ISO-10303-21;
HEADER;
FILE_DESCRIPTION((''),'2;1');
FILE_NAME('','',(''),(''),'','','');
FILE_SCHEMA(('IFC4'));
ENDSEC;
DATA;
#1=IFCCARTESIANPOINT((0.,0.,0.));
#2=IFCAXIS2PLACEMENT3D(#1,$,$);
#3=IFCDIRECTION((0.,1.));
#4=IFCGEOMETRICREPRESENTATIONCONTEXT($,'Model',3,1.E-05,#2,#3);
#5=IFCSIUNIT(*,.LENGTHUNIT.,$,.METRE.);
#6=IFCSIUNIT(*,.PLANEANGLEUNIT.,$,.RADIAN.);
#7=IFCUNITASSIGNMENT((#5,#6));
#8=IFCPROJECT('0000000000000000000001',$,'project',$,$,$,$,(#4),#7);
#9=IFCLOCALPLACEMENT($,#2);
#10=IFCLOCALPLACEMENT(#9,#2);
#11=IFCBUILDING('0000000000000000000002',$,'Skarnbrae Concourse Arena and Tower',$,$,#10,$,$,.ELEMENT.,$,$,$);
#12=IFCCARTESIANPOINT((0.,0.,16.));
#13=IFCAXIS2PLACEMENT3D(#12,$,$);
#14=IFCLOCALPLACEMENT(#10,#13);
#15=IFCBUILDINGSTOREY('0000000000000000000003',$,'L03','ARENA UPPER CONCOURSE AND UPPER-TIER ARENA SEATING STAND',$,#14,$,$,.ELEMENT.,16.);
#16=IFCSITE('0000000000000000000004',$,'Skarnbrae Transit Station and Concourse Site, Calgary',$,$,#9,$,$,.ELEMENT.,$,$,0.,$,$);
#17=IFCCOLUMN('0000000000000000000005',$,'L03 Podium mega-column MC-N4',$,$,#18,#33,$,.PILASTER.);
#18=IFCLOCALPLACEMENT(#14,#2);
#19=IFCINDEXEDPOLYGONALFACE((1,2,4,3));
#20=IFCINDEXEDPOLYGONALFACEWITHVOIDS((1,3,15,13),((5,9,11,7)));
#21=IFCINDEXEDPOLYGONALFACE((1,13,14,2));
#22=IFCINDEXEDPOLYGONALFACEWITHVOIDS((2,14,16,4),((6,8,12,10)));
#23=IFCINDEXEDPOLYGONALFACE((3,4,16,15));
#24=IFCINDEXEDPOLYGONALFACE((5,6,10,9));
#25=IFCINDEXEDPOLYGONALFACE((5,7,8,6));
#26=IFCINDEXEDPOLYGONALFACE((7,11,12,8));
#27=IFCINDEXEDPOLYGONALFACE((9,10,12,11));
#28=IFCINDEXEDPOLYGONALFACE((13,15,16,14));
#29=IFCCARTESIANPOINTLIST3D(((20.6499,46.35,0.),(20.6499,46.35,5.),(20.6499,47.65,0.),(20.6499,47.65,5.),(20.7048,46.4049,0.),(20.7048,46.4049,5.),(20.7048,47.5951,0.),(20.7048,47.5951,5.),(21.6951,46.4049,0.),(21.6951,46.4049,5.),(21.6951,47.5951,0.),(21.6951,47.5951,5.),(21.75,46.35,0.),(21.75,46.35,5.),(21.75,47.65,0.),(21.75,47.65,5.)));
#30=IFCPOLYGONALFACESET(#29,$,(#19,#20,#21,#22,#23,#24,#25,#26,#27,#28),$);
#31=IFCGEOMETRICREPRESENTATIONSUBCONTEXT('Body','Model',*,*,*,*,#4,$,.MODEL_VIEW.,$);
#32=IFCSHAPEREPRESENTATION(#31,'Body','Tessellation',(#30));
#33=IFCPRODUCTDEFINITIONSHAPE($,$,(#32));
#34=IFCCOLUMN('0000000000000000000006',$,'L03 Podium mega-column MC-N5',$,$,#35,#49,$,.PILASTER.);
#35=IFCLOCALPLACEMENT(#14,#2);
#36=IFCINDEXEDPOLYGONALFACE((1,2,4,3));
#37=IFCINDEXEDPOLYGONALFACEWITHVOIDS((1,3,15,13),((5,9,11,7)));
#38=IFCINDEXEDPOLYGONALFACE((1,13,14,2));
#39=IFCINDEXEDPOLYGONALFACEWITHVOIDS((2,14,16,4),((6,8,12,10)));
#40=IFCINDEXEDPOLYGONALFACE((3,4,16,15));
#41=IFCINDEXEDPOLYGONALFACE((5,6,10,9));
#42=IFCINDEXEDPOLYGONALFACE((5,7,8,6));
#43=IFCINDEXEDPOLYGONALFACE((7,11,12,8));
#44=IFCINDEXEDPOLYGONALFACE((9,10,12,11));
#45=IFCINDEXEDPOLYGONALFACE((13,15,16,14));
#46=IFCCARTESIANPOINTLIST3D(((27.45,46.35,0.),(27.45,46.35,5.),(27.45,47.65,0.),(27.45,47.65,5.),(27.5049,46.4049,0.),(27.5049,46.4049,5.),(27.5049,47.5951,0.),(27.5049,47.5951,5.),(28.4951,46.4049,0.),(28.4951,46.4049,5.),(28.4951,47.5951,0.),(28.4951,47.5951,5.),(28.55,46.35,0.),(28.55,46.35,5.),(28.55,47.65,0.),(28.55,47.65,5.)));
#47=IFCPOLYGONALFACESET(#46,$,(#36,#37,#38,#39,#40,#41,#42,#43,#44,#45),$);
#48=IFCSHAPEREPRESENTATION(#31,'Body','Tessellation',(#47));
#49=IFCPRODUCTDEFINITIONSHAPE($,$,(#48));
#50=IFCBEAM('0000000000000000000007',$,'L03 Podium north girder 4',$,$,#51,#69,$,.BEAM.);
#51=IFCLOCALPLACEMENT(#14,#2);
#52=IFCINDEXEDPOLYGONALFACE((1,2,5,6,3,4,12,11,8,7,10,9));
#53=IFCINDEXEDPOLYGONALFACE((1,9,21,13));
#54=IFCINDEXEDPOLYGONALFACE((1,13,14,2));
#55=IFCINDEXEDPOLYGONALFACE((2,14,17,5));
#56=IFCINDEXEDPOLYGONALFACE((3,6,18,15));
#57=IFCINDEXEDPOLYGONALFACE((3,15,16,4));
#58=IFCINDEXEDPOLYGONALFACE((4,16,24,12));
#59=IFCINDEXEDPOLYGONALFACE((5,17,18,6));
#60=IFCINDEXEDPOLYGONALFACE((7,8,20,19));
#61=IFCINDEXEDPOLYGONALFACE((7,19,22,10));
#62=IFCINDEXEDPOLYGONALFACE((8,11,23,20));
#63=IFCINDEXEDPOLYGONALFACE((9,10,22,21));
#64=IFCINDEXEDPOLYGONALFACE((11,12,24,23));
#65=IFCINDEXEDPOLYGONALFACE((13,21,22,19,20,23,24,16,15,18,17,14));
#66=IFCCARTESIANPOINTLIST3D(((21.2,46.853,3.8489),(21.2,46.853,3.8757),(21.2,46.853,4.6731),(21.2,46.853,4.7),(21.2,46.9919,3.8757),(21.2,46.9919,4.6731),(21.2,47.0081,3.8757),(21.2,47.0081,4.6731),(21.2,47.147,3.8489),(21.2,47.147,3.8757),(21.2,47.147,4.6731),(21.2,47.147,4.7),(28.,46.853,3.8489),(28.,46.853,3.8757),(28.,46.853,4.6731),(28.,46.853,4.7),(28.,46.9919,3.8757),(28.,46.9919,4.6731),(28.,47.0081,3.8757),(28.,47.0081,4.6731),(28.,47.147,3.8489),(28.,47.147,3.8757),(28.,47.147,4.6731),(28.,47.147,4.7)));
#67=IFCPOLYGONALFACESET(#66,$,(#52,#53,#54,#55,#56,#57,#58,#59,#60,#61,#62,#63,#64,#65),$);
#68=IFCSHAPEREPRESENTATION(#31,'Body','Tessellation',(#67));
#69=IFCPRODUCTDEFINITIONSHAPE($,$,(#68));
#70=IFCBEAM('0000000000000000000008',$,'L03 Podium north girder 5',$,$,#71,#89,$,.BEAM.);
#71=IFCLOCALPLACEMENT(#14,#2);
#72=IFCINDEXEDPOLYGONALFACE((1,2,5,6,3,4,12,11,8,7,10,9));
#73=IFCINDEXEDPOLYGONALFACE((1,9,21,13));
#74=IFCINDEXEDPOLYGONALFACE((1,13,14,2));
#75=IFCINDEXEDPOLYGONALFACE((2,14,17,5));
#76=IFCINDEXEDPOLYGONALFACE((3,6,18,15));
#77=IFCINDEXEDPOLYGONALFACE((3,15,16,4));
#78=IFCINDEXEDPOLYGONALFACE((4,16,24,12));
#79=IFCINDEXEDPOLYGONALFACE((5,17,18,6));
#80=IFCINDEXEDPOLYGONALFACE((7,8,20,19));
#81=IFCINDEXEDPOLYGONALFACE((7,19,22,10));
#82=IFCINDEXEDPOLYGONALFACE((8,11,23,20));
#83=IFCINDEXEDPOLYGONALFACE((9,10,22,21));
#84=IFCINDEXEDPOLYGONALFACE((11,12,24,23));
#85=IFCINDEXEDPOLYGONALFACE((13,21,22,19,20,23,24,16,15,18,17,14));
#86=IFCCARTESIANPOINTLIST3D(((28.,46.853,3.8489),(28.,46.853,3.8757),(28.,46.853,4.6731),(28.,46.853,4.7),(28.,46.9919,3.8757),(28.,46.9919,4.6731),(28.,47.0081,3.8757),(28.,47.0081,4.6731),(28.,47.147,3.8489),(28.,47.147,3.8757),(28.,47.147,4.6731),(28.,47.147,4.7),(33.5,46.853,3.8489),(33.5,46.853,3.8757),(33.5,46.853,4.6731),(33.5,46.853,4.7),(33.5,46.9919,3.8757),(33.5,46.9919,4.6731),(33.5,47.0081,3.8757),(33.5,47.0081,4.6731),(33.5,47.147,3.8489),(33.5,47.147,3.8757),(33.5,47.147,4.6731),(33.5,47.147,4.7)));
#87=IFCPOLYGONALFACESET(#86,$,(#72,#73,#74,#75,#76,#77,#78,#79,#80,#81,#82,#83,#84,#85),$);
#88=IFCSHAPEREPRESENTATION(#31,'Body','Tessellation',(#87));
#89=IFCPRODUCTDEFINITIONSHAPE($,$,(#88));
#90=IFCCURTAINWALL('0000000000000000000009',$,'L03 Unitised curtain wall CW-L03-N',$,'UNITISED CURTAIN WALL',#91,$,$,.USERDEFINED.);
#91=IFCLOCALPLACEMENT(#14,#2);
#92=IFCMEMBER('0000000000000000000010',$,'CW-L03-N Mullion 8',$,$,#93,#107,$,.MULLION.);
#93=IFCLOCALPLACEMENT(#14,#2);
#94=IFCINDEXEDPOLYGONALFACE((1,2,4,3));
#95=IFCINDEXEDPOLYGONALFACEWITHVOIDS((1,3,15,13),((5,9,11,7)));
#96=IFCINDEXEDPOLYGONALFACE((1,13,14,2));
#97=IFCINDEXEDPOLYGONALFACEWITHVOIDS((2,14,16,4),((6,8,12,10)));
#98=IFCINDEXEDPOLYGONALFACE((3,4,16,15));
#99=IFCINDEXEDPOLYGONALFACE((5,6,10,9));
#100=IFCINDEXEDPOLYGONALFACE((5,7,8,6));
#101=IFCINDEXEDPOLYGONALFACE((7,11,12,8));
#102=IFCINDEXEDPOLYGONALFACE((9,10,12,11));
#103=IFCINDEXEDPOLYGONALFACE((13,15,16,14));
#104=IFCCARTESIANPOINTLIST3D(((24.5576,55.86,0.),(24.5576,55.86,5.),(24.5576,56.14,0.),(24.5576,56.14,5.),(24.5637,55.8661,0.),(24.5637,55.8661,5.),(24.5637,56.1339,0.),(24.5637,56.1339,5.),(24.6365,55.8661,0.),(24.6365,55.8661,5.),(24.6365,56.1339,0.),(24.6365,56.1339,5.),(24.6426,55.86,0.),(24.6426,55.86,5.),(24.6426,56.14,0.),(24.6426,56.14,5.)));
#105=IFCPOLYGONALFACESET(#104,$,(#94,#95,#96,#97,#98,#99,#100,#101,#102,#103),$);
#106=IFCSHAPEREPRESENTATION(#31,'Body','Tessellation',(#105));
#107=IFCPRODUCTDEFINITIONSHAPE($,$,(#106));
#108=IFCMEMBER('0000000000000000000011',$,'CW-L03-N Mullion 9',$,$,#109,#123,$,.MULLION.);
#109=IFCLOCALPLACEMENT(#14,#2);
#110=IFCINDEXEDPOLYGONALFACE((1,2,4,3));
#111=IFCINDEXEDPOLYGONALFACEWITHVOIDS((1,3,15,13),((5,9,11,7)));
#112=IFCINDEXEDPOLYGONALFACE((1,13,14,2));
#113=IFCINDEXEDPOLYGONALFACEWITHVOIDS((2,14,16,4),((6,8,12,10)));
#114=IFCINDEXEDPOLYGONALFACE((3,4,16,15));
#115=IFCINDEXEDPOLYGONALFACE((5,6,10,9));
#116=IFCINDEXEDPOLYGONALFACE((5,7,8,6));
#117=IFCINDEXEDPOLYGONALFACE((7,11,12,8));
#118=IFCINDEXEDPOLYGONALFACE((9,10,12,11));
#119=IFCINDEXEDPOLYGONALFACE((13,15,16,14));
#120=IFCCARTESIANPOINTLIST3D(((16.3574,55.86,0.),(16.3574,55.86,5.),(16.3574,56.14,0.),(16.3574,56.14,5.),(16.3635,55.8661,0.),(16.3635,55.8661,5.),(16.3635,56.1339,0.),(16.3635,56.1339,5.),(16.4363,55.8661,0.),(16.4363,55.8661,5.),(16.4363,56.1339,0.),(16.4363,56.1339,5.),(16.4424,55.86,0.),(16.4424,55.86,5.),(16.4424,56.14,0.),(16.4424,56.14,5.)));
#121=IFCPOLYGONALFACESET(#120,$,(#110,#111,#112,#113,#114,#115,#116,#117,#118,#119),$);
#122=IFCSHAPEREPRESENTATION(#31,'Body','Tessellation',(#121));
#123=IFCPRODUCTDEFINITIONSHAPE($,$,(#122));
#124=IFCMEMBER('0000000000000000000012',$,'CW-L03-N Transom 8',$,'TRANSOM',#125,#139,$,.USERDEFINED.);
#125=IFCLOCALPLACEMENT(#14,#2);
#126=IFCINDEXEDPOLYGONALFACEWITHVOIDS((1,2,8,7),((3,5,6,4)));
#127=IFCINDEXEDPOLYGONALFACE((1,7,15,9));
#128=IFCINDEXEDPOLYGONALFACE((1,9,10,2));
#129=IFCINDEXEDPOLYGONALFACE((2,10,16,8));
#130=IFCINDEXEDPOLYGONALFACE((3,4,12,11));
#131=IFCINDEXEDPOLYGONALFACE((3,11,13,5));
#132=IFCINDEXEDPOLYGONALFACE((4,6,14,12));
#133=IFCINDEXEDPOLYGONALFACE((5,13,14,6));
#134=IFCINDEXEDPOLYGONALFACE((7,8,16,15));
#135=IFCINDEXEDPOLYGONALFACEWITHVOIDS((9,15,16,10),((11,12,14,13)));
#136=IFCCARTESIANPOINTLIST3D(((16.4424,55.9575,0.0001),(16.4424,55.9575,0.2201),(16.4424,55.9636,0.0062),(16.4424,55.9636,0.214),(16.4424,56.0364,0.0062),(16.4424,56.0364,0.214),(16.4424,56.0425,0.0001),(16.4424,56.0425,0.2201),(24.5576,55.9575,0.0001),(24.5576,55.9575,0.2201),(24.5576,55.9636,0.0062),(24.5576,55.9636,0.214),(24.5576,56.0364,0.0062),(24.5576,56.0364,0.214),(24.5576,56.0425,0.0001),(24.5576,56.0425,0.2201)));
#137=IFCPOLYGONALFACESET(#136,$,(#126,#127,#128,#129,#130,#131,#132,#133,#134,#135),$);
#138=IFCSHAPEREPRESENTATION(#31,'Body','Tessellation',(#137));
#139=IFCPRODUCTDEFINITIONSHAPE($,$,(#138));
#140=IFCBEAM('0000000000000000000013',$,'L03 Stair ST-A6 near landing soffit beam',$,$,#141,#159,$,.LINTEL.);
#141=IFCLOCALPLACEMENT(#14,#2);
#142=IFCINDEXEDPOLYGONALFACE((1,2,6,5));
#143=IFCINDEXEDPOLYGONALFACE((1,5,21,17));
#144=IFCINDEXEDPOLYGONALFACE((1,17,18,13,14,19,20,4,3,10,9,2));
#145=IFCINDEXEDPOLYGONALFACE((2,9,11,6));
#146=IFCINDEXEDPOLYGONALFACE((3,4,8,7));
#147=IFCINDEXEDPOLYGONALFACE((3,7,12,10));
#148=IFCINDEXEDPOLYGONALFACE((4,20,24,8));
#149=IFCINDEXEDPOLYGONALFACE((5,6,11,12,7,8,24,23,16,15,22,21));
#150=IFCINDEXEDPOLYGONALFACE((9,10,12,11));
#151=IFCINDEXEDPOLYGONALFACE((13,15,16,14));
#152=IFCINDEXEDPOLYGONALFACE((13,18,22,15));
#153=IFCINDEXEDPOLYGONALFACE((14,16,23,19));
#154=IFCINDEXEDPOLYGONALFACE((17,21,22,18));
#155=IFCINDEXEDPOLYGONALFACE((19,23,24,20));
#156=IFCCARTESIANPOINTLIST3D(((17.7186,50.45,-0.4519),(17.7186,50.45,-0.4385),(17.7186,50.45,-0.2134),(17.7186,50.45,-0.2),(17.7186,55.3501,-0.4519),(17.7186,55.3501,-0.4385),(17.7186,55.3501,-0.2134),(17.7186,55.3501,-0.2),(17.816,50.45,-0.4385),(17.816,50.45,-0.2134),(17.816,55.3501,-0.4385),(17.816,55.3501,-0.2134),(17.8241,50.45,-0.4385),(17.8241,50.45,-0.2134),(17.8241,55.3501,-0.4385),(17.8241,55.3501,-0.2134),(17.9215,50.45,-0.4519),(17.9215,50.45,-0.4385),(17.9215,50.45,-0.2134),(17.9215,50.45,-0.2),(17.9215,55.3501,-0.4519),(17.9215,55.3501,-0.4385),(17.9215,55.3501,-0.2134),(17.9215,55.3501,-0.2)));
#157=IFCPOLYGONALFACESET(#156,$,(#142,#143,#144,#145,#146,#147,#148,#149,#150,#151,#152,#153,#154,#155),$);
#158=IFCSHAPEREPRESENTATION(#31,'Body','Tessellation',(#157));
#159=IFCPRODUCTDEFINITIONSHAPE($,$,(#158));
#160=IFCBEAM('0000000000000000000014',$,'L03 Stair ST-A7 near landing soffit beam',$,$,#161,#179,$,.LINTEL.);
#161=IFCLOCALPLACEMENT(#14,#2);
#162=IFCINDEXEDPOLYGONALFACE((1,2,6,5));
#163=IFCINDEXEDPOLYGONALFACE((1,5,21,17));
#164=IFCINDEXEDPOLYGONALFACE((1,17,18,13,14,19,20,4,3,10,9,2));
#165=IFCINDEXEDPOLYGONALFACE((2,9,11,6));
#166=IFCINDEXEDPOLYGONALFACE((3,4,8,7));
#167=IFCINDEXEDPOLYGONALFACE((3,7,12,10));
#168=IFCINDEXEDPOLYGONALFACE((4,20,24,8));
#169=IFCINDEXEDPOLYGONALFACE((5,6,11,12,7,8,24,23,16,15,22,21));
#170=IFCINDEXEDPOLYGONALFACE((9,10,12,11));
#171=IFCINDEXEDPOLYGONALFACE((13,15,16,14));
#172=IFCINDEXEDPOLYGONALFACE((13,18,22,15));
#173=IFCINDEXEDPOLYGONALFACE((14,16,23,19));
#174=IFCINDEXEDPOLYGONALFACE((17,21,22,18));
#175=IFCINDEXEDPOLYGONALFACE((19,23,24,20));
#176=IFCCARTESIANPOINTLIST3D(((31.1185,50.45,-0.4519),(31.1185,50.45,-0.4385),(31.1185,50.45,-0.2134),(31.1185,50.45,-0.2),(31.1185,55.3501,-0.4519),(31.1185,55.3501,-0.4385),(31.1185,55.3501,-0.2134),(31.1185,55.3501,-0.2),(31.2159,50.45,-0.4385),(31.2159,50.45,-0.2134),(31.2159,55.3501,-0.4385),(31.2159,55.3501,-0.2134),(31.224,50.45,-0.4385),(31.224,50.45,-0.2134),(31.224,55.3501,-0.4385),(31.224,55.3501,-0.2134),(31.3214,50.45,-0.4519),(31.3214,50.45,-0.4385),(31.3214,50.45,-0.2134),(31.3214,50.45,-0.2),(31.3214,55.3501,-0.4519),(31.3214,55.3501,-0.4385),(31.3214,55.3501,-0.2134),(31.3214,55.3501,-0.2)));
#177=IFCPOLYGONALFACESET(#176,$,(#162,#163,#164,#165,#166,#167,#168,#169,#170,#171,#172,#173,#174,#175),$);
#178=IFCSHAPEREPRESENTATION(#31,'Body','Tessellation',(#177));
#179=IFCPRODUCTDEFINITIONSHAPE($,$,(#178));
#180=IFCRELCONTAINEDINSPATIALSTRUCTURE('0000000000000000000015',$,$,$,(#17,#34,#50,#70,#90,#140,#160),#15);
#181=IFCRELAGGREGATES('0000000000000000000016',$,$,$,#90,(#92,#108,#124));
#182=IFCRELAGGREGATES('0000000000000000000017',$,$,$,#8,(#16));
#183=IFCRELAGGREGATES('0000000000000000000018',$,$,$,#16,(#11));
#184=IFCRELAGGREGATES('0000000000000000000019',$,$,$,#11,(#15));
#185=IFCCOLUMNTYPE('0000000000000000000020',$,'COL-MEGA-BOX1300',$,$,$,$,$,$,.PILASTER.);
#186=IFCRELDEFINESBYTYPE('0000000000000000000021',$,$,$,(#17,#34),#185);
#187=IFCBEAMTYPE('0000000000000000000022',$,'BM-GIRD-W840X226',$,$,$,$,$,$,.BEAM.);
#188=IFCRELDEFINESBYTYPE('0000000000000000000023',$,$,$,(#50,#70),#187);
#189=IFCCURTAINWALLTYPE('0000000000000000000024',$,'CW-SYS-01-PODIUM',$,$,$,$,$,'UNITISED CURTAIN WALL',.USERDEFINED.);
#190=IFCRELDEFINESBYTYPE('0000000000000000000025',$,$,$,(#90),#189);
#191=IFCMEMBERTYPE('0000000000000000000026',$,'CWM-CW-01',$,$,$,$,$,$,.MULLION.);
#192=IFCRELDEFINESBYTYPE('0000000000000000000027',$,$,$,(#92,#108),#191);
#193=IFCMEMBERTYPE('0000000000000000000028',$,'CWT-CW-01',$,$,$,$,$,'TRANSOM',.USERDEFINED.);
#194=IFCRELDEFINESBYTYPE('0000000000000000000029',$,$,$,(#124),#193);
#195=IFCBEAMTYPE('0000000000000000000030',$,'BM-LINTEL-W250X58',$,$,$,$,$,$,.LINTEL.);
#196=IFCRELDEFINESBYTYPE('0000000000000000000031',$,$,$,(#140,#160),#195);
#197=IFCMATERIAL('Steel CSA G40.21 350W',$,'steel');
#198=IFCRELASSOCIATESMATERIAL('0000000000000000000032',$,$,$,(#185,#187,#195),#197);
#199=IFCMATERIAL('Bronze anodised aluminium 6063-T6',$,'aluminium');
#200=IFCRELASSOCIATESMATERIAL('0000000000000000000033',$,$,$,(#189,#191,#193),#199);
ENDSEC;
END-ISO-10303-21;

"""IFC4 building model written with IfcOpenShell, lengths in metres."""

from ifc_helpers import new_model, si_unit, direction, frame, origin, origin_2d, place, context, subcontext, project, spatial, hollow_rectangle, i_section, extrude, source, transform, mapped, material, material_profile, profile_set, type_object, element, aggregate, save


model = new_model("IFC4")

# Units and contexts
model_context = context("Model", 3, precision=1e-05, world=origin(), true_north=direction((0.0, 1.0)))
body_context = subcontext(model_context, "Body", "Model", "MODEL_VIEW")
ifc_project = project(units=[si_unit("LENGTHUNIT", "METRE"), si_unit("PLANEANGLEUNIT", "RADIAN")], contexts=[model_context])

# Site, building, storey
site_placement = place(None, origin())
site = spatial("IfcSite", under=ifc_project, at=site_placement, Name="Skarnbrae Transit Station and Concourse Site, Calgary", CompositionType="ELEMENT", RefElevation=0.0)
building_placement = place(site_placement, origin())
building = spatial("IfcBuilding", under=site, at=building_placement, Name="Skarnbrae Concourse Arena and Tower", CompositionType="ELEMENT")
storey_placement = place(building_placement, frame((0.0, 0.0, 16.0)))
storey = spatial("IfcBuildingStorey", under=building, at=storey_placement, Name="L03", Description="ARENA UPPER CONCOURSE AND UPPER-TIER ARENA SEATING STAND", CompositionType="ELEMENT", Elevation=16.0)

# Columns
ifc_material_1 = material(Name="Steel CSA G40.21 350W", Category="steel")
ifc_material_profile_1 = material_profile(ifc_material_1, hollow_rectangle(XDim=1.1001, YDim=1.3, WallThickness=0.0549, at=origin_2d()), Name="BOX1300X1100X55")
ifc_profile_set_1 = profile_set([ifc_material_profile_1], Name="Steel CSA G40.21 350W")
column_type = type_object("IfcColumnType", Name="COL-MEGA-BOX1300", PredefinedType="PILASTER", material=ifc_profile_set_1)
shared_shape_1 = source(origin(), body_context, "Body", "SweptSolid", [
    extrude(hollow_rectangle(XDim=1.1001, YDim=1.3, WallThickness=0.0549, at=origin_2d()), origin(), (0.0, 0.0, 1.0), 5.0),
])
for number, where, z_axis, x_axis, name in (
    (1, (21.2, 47.0, 0.0), (0.0, 0.0, 1.0), (1.0, 0.0, 0.0), "L03 Podium mega-column MC-N4"),
    (2, (28.0, 47.0, 0.0), (0.0, 0.0, 1.0), (1.0, 0.0, 0.0), "L03 Podium mega-column MC-N5"),
):
    element("IfcColumn", number, at=place(storey_placement, frame(where, z_axis=z_axis, x_axis=x_axis)), inside=storey, type_object=column_type, Name=name, PredefinedType="PILASTER", context=body_context, shape_type="MappedRepresentation", body=[
        mapped(shared_shape_1, transform((0.0, 0.0, 0.0))),
    ])

# Beams
ifc_material_profile_2 = material_profile(ifc_material_1, i_section(OverallWidth=0.2939, OverallDepth=0.8511, WebThickness=0.0161, FlangeThickness=0.0269, at=origin_2d()), Name="W840X226")
ifc_profile_set_2 = profile_set([ifc_material_profile_2], Name="Steel CSA G40.21 350W")
beam_type_1 = type_object("IfcBeamType", Name="BM-GIRD-W840X226", PredefinedType="BEAM", material=ifc_profile_set_2)
shared_shape_2 = source(origin(), body_context, "Body", "SweptSolid", [
    extrude(i_section(OverallWidth=0.2939, OverallDepth=0.8511, WebThickness=0.0161, FlangeThickness=0.0269, at=origin_2d()), origin(), (0.0, 0.0, 1.0), 6.8),
])
beam_1_placement = place(storey_placement, frame((21.2, 47.0, 4.2744), z_axis=(1.0, 0.0, 0.0), x_axis=(0.0, 1.0, 0.0)))
element("IfcBeam", 3, at=beam_1_placement, inside=storey, type_object=beam_type_1, Name="L03 Podium north girder 4", PredefinedType="BEAM", context=body_context, shape_type="MappedRepresentation", body=[
    mapped(shared_shape_2, transform((0.0, 0.0, 0.0))),
])
shared_shape_3 = source(origin(), body_context, "Body", "SweptSolid", [
    extrude(i_section(OverallWidth=0.2939, OverallDepth=0.8511, WebThickness=0.0161, FlangeThickness=0.0269, at=origin_2d()), origin(), (0.0, 0.0, 1.0), 5.5),
])
beam_2_placement = place(storey_placement, frame((28.0, 47.0, 4.2744), z_axis=(1.0, 0.0, 0.0), x_axis=(0.0, 1.0, 0.0)))
element("IfcBeam", 4, at=beam_2_placement, inside=storey, type_object=beam_type_1, Name="L03 Podium north girder 5", PredefinedType="BEAM", context=body_context, shape_type="MappedRepresentation", body=[
    mapped(shared_shape_3, transform((0.0, 0.0, 0.0))),
])

# Curtain wall, members
ifc_material_2 = material(Name="Bronze anodised aluminium 6063-T6", Category="aluminium")
curtain_wall_type = type_object("IfcCurtainWallType", Name="CW-SYS-01-PODIUM", ElementType="UNITISED CURTAIN WALL", PredefinedType="USERDEFINED", material=ifc_material_2)
curtain_wall_placement = place(storey_placement, origin())
curtain_wall = element("IfcCurtainWall", 5, at=curtain_wall_placement, inside=storey, type_object=curtain_wall_type, Name="L03 Unitised curtain wall CW-L03-N", ObjectType="UNITISED CURTAIN WALL", PredefinedType="USERDEFINED")
ifc_material_profile_3 = material_profile(ifc_material_2, hollow_rectangle(XDim=0.085, YDim=0.28, WallThickness=0.0061, at=origin_2d()), Name="ALU-MULL-85X280")
ifc_profile_set_3 = profile_set([ifc_material_profile_3], Name="Bronze anodised aluminium 6063-T6")
member_type_1 = type_object("IfcMemberType", Name="CWM-CW-01", PredefinedType="MULLION", material=ifc_profile_set_3)
shared_shape_4 = source(origin(), body_context, "Body", "SweptSolid", [
    extrude(hollow_rectangle(XDim=0.085, YDim=0.28, WallThickness=0.0061, at=origin_2d()), origin(), (0.0, 0.0, 1.0), 5.0),
])
member_1_placement = place(storey_placement, frame((24.6001, 56.0, 0.0), z_axis=(0.0, 0.0, 1.0), x_axis=(-1.0, 0.0, 0.0)))
member_1 = element("IfcMember", 6, at=member_1_placement, type_object=member_type_1, Name="CW-L03-N Mullion 8", PredefinedType="MULLION", context=body_context, shape_type="MappedRepresentation", body=[
    mapped(shared_shape_4, transform((0.0, 0.0, 0.0))),
])
member_2_placement = place(storey_placement, frame((16.3999, 56.0, 0.0), z_axis=(0.0, 0.0, 1.0), x_axis=(-1.0, 0.0, 0.0)))
member_2 = element("IfcMember", 7, at=member_2_placement, type_object=member_type_1, Name="CW-L03-N Mullion 9", PredefinedType="MULLION", context=body_context, shape_type="MappedRepresentation", body=[
    mapped(shared_shape_4, transform((0.0, 0.0, 0.0))),
])
ifc_material_profile_4 = material_profile(ifc_material_2, hollow_rectangle(XDim=0.085, YDim=0.22, WallThickness=0.0061, at=origin_2d()), Name="ALU-TRAN-85X220")
ifc_profile_set_4 = profile_set([ifc_material_profile_4], Name="Bronze anodised aluminium 6063-T6")
member_type_2 = type_object("IfcMemberType", Name="CWT-CW-01", ElementType="TRANSOM", PredefinedType="USERDEFINED", material=ifc_profile_set_4)
shared_shape_5 = source(origin(), body_context, "Body", "SweptSolid", [
    extrude(hollow_rectangle(XDim=0.085, YDim=0.22, WallThickness=0.0061, at=origin_2d()), origin(), (0.0, 0.0, 1.0), 8.1152),
])
member_3_placement = place(storey_placement, frame((24.5576, 56.0, 0.1101), z_axis=(-1.0, 0.0, 0.0), x_axis=(0.0, -1.0, 0.0)))
member_3 = element("IfcMember", 8, at=member_3_placement, type_object=member_type_2, Name="CW-L03-N Transom 8", ObjectType="TRANSOM", PredefinedType="USERDEFINED", context=body_context, shape_type="MappedRepresentation", body=[
    mapped(shared_shape_5, transform((0.0, 0.0, 0.0))),
])

# Beams
ifc_material_profile_5 = material_profile(ifc_material_1, i_section(OverallWidth=0.2029, OverallDepth=0.252, WebThickness=0.0081, FlangeThickness=0.0134, at=origin_2d()), Name="W250X58")
ifc_profile_set_5 = profile_set([ifc_material_profile_5], Name="Steel CSA G40.21 350W")
beam_type_2 = type_object("IfcBeamType", Name="BM-LINTEL-W250X58", PredefinedType="LINTEL", material=ifc_profile_set_5)
shared_shape_6 = source(origin(), body_context, "Body", "SweptSolid", [
    extrude(i_section(OverallWidth=0.2029, OverallDepth=0.252, WebThickness=0.0081, FlangeThickness=0.0134, at=origin_2d()), origin(), (0.0, 0.0, 1.0), 4.9001),
])
for number, where, z_axis, x_axis, name in (
    (9, (17.8201, 50.45, -0.3259), (0.0, 1.0, 0.0), (-1.0, 0.0, 0.0), "L03 Stair ST-A6 near landing soffit beam"),
    (10, (31.22, 50.45, -0.3259), (0.0, 1.0, 0.0), (-1.0, 0.0, 0.0), "L03 Stair ST-A7 near landing soffit beam"),
):
    element("IfcBeam", number, at=place(storey_placement, frame(where, z_axis=z_axis, x_axis=x_axis)), inside=storey, type_object=beam_type_2, Name=name, PredefinedType="LINTEL", context=body_context, shape_type="MappedRepresentation", body=[
        mapped(shared_shape_6, transform((0.0, 0.0, 0.0))),
    ])

aggregate(curtain_wall, [member_1, member_2, member_3])

save(model, "model.ifc")
